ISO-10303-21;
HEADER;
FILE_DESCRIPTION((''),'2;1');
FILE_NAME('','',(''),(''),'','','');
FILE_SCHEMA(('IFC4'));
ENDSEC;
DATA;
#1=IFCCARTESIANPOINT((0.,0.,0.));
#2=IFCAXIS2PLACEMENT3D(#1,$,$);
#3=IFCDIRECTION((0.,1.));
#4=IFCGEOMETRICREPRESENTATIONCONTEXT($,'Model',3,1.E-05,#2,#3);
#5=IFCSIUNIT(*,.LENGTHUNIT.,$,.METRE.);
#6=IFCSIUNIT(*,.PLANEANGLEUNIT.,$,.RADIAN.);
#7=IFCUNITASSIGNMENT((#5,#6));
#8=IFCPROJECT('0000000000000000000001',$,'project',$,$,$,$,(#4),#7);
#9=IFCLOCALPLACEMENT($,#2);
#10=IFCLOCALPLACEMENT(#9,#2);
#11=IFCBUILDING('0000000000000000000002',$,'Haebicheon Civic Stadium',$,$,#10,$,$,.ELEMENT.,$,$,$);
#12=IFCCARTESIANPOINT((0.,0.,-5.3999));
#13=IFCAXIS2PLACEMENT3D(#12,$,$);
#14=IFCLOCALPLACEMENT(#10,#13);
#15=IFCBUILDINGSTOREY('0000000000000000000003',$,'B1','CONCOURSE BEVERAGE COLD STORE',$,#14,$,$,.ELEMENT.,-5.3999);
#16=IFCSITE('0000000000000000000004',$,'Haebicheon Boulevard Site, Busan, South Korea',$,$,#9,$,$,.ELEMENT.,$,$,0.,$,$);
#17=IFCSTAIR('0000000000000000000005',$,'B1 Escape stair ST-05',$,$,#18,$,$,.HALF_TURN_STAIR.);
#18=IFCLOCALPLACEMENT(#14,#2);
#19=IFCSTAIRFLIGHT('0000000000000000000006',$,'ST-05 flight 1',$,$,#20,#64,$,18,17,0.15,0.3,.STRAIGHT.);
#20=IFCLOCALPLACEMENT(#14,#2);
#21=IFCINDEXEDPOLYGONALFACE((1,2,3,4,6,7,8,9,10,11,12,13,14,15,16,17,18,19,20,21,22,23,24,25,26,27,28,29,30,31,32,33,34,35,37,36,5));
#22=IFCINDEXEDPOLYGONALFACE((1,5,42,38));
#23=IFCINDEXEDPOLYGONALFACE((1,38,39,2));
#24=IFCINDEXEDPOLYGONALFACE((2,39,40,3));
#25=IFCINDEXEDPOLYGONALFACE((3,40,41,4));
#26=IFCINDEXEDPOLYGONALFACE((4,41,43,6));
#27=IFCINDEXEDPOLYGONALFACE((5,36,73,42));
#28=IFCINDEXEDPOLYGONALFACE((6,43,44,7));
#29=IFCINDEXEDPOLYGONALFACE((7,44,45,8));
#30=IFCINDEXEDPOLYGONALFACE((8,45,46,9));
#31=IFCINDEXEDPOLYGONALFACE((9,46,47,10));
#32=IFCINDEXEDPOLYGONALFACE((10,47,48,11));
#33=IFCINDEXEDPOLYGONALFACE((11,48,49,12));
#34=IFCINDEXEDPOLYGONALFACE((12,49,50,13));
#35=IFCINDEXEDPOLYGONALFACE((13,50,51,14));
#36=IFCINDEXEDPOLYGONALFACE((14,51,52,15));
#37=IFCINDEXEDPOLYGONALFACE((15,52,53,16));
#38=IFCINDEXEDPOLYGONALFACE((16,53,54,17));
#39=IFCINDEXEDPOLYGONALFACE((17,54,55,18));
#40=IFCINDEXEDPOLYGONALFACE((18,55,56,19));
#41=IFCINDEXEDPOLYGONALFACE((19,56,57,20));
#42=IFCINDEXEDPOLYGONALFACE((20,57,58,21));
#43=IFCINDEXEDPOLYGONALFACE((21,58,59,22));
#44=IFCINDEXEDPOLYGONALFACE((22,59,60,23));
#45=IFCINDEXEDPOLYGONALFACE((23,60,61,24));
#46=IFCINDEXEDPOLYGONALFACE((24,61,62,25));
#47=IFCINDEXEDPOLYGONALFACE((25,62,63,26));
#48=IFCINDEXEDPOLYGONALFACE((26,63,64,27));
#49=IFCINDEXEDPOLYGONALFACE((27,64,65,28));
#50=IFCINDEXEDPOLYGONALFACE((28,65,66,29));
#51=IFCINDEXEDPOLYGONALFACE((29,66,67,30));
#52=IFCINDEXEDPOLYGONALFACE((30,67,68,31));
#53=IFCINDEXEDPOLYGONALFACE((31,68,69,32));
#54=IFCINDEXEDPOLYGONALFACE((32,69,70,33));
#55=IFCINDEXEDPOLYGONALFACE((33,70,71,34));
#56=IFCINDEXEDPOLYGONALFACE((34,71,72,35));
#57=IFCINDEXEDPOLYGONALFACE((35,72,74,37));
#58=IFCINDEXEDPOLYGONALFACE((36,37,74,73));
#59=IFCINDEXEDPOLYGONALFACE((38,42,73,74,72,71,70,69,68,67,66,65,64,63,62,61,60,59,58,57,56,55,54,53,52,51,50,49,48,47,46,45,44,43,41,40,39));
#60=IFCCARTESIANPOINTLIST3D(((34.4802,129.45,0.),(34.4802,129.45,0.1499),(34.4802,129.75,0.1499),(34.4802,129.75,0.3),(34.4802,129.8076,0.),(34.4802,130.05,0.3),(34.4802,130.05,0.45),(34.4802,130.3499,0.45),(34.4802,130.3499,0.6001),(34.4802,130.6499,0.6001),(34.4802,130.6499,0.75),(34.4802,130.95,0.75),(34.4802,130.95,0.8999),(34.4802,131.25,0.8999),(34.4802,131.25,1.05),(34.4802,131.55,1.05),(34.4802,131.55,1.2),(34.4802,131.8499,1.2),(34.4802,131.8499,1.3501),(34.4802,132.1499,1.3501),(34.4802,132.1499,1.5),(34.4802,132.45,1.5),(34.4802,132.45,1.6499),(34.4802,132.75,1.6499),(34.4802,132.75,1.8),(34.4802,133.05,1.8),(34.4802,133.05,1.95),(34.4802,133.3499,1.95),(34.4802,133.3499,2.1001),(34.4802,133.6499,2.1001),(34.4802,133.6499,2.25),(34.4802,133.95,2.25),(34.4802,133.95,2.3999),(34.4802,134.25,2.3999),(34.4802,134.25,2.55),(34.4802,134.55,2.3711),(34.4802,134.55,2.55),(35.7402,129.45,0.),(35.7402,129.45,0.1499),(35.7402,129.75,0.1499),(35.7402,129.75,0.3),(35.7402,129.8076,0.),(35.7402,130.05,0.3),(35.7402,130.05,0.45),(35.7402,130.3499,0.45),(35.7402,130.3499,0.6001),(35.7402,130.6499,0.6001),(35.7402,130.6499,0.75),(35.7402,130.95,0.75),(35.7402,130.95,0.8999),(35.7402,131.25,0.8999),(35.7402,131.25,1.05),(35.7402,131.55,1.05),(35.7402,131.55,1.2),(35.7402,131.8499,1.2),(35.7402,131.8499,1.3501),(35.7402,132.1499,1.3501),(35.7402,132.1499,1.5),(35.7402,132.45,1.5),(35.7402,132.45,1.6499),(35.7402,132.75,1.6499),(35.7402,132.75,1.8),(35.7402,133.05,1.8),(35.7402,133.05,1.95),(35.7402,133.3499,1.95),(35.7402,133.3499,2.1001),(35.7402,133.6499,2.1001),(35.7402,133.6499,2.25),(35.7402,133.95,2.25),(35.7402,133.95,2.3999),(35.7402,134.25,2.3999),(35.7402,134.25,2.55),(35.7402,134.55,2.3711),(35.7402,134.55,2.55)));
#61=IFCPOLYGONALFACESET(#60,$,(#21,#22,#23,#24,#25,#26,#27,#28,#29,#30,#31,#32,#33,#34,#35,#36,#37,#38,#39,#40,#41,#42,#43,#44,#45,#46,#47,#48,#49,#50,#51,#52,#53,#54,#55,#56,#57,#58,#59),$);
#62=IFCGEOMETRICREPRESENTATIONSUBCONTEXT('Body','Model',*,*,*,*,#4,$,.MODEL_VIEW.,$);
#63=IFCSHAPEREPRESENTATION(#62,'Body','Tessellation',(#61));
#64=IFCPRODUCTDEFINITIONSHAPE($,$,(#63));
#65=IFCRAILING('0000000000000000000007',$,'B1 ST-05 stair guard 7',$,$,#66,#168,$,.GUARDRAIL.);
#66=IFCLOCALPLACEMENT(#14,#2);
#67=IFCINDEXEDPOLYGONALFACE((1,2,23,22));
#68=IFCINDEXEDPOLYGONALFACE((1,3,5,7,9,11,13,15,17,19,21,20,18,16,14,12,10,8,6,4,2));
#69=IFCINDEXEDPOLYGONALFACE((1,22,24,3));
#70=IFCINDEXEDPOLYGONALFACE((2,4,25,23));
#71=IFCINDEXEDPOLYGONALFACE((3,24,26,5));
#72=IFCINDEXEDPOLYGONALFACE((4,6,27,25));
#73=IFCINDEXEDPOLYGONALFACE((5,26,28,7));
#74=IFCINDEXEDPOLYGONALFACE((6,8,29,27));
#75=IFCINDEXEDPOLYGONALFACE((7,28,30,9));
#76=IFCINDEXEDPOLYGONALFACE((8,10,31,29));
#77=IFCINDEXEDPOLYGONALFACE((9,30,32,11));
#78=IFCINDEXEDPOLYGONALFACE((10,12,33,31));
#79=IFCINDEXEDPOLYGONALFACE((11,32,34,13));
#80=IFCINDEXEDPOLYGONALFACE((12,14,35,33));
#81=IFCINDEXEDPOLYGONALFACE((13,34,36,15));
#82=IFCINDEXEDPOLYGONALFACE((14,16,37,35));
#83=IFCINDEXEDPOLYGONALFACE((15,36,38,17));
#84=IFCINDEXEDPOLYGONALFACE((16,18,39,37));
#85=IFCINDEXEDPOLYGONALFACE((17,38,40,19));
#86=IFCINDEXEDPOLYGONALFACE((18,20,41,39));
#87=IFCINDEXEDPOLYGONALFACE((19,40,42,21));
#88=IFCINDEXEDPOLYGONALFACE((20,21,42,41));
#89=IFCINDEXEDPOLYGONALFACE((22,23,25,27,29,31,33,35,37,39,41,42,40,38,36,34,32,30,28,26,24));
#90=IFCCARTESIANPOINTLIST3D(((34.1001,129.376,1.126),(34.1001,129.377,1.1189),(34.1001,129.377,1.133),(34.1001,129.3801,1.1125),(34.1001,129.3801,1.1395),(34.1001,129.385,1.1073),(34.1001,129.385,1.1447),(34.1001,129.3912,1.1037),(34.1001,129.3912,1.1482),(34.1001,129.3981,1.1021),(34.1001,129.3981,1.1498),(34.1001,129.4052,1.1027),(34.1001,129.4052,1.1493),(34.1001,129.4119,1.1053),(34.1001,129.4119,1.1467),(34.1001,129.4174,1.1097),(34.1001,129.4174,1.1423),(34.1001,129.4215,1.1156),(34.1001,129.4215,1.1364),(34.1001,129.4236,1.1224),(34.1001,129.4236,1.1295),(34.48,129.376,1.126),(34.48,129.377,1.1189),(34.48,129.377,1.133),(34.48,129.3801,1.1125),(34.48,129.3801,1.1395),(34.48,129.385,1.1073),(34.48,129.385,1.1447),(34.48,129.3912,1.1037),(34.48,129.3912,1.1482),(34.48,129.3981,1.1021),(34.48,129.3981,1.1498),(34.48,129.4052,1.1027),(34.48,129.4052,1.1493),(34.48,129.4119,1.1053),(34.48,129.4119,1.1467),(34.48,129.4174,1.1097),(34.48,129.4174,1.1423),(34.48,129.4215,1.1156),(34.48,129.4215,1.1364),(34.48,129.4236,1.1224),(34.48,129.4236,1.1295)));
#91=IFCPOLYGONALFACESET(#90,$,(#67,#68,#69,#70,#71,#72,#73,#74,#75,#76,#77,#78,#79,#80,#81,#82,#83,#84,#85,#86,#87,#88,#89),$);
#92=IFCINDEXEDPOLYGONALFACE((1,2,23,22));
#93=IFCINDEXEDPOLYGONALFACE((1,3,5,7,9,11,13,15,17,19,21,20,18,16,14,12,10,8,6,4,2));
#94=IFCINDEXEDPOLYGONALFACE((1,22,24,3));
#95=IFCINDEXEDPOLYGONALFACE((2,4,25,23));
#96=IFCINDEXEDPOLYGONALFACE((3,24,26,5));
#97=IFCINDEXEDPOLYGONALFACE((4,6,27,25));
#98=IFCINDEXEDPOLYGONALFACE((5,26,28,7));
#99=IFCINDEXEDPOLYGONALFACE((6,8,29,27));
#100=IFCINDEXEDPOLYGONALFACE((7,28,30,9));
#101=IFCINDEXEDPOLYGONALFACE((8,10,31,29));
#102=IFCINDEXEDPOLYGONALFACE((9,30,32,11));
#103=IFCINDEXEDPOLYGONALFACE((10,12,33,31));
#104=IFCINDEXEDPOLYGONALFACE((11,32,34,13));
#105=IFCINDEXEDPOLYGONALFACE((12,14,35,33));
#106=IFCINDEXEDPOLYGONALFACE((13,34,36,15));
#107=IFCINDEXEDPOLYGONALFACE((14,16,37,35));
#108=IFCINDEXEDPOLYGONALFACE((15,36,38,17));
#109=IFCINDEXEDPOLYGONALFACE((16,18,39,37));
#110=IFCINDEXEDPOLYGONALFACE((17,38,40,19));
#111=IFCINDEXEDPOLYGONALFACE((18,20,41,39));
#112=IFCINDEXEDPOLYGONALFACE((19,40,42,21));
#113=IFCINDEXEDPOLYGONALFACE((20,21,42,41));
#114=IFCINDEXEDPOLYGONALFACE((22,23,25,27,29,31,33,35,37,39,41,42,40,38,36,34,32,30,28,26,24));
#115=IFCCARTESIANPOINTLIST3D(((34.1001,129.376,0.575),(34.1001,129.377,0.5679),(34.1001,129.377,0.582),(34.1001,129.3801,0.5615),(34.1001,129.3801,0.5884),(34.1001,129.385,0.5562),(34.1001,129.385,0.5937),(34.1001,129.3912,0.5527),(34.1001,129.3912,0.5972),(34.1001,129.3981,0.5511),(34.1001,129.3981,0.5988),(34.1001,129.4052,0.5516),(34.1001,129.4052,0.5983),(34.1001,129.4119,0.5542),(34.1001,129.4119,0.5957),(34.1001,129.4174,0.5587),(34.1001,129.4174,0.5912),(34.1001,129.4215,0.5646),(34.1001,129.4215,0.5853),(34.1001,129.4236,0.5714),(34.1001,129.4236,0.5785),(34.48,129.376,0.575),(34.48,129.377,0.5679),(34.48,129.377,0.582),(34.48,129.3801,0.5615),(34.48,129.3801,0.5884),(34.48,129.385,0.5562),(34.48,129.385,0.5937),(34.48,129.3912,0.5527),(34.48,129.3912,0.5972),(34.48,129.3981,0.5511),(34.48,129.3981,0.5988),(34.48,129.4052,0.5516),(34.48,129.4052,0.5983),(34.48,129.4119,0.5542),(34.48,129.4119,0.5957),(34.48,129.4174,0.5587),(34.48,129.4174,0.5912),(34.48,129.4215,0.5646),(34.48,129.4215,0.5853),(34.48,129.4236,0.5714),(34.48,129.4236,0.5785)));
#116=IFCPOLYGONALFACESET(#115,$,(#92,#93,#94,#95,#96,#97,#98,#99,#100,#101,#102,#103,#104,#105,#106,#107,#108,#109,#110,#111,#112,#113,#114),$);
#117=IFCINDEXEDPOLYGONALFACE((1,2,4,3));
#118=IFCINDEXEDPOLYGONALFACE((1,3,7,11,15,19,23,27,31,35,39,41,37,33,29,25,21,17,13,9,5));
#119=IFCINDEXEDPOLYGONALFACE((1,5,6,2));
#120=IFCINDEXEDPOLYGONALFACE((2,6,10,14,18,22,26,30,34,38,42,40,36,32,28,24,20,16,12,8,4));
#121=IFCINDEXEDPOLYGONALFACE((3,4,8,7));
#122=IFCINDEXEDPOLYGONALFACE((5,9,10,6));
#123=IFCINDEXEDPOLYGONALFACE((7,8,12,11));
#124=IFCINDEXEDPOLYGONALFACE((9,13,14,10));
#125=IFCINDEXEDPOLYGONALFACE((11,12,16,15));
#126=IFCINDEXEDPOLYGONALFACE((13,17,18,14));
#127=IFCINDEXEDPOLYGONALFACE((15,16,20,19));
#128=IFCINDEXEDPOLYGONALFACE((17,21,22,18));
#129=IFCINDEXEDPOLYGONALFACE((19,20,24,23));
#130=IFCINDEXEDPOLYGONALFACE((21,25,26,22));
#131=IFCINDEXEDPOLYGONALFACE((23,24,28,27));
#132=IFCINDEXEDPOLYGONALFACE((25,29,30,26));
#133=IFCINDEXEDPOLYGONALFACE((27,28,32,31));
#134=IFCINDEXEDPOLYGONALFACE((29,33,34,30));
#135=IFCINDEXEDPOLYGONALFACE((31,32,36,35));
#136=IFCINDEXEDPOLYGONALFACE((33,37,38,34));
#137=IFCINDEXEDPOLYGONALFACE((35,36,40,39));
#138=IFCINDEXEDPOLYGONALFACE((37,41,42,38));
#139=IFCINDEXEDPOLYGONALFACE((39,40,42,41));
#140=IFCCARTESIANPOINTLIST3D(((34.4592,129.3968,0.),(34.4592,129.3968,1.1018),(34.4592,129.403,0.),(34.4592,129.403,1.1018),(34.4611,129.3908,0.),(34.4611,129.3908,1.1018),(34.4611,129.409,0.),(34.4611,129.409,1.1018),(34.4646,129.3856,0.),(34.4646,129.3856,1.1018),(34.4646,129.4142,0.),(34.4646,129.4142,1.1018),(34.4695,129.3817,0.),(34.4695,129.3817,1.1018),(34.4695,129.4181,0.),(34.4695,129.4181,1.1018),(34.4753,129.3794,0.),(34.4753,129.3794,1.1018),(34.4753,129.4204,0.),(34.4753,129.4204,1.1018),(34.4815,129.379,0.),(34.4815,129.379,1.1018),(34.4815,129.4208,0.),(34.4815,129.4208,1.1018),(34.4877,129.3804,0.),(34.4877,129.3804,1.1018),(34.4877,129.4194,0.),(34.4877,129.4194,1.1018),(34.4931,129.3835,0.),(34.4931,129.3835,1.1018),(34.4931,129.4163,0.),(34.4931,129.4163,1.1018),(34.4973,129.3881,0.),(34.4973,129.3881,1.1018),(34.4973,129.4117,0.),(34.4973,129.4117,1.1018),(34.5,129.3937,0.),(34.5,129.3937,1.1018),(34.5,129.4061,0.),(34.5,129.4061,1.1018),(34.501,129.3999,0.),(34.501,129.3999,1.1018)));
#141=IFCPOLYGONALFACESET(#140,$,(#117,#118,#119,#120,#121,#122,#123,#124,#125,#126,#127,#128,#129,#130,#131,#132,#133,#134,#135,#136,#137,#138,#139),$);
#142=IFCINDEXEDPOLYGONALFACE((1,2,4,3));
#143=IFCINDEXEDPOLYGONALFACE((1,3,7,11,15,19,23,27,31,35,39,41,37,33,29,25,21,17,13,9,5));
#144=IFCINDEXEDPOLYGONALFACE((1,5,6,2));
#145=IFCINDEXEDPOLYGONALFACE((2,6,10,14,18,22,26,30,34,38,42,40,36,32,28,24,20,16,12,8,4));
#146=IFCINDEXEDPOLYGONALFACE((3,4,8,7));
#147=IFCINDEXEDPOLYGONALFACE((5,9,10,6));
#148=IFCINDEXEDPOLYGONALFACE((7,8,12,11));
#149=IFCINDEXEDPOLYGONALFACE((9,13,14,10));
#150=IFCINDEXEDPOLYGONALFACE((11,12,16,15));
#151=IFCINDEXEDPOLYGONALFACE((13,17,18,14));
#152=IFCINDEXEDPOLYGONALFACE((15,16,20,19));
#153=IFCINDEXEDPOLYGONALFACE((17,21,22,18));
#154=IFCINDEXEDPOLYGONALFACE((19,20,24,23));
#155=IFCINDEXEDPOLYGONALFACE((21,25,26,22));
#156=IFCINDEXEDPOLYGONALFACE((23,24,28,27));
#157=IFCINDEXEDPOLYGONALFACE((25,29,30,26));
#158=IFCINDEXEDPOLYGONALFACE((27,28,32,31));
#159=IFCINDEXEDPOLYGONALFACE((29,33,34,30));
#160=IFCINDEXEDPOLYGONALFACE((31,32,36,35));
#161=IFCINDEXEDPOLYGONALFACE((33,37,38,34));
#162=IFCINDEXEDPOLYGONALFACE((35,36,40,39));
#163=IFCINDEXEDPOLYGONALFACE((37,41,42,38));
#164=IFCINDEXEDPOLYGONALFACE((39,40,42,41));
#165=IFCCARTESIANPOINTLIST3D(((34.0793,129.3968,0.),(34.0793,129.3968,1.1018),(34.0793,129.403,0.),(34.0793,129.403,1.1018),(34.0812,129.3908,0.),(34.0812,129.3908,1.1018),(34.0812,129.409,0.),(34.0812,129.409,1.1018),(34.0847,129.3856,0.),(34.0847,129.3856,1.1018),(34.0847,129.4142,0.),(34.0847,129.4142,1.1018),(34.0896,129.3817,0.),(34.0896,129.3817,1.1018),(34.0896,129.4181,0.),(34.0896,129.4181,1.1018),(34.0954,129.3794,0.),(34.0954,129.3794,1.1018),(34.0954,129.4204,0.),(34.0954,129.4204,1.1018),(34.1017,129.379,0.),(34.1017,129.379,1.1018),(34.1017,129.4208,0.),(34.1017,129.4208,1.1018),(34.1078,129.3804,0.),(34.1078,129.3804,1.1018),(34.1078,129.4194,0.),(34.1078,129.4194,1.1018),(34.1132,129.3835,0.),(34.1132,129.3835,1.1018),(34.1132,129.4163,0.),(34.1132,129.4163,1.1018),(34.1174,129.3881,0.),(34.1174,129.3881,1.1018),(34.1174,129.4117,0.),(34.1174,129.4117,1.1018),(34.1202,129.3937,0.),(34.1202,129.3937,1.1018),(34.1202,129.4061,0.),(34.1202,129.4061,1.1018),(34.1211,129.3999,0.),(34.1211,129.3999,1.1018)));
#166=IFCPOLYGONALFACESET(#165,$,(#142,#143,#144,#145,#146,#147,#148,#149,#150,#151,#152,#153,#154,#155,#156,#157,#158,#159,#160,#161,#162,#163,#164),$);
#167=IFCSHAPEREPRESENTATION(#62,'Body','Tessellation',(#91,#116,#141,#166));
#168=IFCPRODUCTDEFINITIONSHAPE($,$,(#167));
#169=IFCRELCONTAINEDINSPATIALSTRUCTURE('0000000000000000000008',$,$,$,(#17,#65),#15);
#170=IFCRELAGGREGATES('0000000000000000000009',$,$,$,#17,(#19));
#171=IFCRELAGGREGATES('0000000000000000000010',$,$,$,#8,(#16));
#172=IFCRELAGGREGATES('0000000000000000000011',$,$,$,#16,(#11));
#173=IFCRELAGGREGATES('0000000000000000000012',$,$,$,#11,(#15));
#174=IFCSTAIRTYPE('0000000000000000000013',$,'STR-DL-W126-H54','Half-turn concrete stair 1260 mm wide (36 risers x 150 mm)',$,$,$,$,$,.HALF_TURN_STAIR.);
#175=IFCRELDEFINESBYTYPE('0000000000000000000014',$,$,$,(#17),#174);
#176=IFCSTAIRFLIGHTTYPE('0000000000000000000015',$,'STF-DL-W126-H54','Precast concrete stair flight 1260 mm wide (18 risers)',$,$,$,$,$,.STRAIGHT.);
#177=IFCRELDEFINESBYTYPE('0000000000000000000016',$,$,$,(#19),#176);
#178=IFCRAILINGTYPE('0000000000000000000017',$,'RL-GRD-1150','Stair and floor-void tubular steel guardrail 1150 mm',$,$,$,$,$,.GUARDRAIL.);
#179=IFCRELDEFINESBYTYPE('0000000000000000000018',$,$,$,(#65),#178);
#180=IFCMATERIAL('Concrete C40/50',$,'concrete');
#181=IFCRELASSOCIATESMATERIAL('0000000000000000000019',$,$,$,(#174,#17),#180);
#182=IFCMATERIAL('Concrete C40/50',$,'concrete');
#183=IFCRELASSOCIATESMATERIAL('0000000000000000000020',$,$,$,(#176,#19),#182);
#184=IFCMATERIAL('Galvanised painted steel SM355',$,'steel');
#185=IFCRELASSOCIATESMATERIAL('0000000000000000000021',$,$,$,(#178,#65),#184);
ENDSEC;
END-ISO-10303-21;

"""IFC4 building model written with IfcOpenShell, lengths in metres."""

from ifc_helpers import new_model, si_unit, direction, frame, origin, origin_2d, place, context, subcontext, project, spatial, polyline, circle, outline, extrude, material, type_object, element, aggregate, save


model = new_model("IFC4")

# Units and contexts
model_context = context("Model", 3, precision=1e-05, world=origin(), true_north=direction((0.0, 1.0)))
body_context = subcontext(model_context, "Body", "Model", "MODEL_VIEW")
ifc_project = project(units=[si_unit("LENGTHUNIT", "METRE"), si_unit("PLANEANGLEUNIT", "RADIAN")], contexts=[model_context])

# Site, building, storey
site_placement = place(None, origin())
site = spatial("IfcSite", under=ifc_project, at=site_placement, Name="Haebicheon Boulevard Site, Busan, South Korea", CompositionType="ELEMENT", RefElevation=0.0)
building_placement = place(site_placement, origin())
building = spatial("IfcBuilding", under=site, at=building_placement, Name="Haebicheon Civic Stadium", CompositionType="ELEMENT")
storey_placement = place(building_placement, frame((0.0, 0.0, -5.3999)))
storey = spatial("IfcBuildingStorey", under=building, at=storey_placement, Name="B1", Description="CONCOURSE BEVERAGE COLD STORE", CompositionType="ELEMENT", Elevation=-5.3999)

# Stair, stair flight
ifc_material_1 = material(Name="Concrete C40/50", Category="concrete")
stair_type = type_object("IfcStairType", Name="STR-DL-W126-H54", Description="Half-turn concrete stair 1260 mm wide (36 risers x 150 mm)", PredefinedType="HALF_TURN_STAIR", material=ifc_material_1)
stair_placement = place(storey_placement, origin())
stair = element("IfcStair", 1, at=stair_placement, inside=storey, type_object=stair_type, material=ifc_material_1, Name="B1 Escape stair ST-05", PredefinedType="HALF_TURN_STAIR")
ifc_material_2 = material(Name="Concrete C40/50", Category="concrete")
stair_flight_type = type_object("IfcStairFlightType", Name="STF-DL-W126-H54", Description="Precast concrete stair flight 1260 mm wide (18 risers)", PredefinedType="STRAIGHT", material=ifc_material_2)
stair_flight_placement = place(storey_placement, frame((35.1101, 129.45, 0.0), z_axis=(0.0, 0.0, 1.0), x_axis=(0.0, 1.0, 0.0)))
stair_flight = element("IfcStairFlight", 2, at=stair_flight_placement, type_object=stair_flight_type, material=ifc_material_2, Name="ST-05 flight 1", NumberOfRisers=18, NumberOfTreads=17, PredefinedType="STRAIGHT", RiserHeight=0.15, TreadLength=0.3, context=body_context, shape_type="SweptSolid", body=[
    extrude(outline(polyline([(0.0, 0.0), (0.0, 0.1499), (0.3, 0.1499), (0.3, 0.3), (0.6001, 0.3), (0.6001, 0.45), (0.8999, 0.45), (0.8999, 0.6001), (1.2, 0.6001), (1.2, 0.75), (1.5, 0.75), (1.5, 0.8999), (1.8, 0.8999), (1.8, 1.05), (2.1001, 1.05), (2.1001, 1.2), (2.3999, 1.2), (2.3999, 1.3501), (2.7, 1.3501), (2.7, 1.5), (3.0, 1.5), (3.0, 1.6499), (3.3, 1.6499), (3.3, 1.8), (3.6001, 1.8), (3.6001, 1.95), (3.8999, 1.95), (3.8999, 2.1001), (4.2, 2.1001), (4.2, 2.25), (4.5, 2.25), (4.5, 2.3999), (4.8, 2.3999), (4.8, 2.55), (5.1001, 2.55), (5.1001, 2.7), (5.1001, 2.3711), (0.3577, 0.0), (0.0, 0.0)])), frame((0.0, 0.6299, 0.0), z_axis=(0.0, -1.0, 0.0), x_axis=(1.0, 0.0, 0.0)), (0.0, 0.0, 1.0), 1.26),
])
aggregate(stair, [stair_flight])

# Railing
ifc_material_3 = material(Name="Galvanised painted steel SM355", Category="steel")
railing_type = type_object("IfcRailingType", Name="RL-GRD-1150", Description="Stair and floor-void tubular steel guardrail 1150 mm", PredefinedType="GUARDRAIL", material=ifc_material_3)
railing_1_placement = place(storey_placement, frame((34.48, 129.3999, 0.0)))
element("IfcRailing", 3, at=railing_1_placement, inside=storey, type_object=railing_type, material=ifc_material_3, Name="B1 ST-05 stair guard 7", PredefinedType="GUARDRAIL", context=body_context, shape_type="SweptSolid", body=[
    extrude(circle(Radius=0.0239, at=origin_2d()), frame((0.0, 0.0, 1.126), z_axis=(-1.0, 0.0, 0.0), x_axis=(0.0, -1.0, 0.0)), (0.0, 0.0, 1.0), 0.3799),
    extrude(circle(Radius=0.0239, at=origin_2d()), frame((0.0, 0.0, 0.575), z_axis=(-1.0, 0.0, 0.0), x_axis=(0.0, -1.0, 0.0)), (0.0, 0.0, 1.0), 0.3799),
    extrude(circle(Radius=0.021, at=origin_2d()), origin(), (0.0, 0.0, 1.0), 1.1018),
    extrude(circle(Radius=0.021, at=origin_2d()), frame((-0.3799, 0.0, 0.0)), (0.0, 0.0, 1.0), 1.1018),
])

save(model, "model.ifc")
